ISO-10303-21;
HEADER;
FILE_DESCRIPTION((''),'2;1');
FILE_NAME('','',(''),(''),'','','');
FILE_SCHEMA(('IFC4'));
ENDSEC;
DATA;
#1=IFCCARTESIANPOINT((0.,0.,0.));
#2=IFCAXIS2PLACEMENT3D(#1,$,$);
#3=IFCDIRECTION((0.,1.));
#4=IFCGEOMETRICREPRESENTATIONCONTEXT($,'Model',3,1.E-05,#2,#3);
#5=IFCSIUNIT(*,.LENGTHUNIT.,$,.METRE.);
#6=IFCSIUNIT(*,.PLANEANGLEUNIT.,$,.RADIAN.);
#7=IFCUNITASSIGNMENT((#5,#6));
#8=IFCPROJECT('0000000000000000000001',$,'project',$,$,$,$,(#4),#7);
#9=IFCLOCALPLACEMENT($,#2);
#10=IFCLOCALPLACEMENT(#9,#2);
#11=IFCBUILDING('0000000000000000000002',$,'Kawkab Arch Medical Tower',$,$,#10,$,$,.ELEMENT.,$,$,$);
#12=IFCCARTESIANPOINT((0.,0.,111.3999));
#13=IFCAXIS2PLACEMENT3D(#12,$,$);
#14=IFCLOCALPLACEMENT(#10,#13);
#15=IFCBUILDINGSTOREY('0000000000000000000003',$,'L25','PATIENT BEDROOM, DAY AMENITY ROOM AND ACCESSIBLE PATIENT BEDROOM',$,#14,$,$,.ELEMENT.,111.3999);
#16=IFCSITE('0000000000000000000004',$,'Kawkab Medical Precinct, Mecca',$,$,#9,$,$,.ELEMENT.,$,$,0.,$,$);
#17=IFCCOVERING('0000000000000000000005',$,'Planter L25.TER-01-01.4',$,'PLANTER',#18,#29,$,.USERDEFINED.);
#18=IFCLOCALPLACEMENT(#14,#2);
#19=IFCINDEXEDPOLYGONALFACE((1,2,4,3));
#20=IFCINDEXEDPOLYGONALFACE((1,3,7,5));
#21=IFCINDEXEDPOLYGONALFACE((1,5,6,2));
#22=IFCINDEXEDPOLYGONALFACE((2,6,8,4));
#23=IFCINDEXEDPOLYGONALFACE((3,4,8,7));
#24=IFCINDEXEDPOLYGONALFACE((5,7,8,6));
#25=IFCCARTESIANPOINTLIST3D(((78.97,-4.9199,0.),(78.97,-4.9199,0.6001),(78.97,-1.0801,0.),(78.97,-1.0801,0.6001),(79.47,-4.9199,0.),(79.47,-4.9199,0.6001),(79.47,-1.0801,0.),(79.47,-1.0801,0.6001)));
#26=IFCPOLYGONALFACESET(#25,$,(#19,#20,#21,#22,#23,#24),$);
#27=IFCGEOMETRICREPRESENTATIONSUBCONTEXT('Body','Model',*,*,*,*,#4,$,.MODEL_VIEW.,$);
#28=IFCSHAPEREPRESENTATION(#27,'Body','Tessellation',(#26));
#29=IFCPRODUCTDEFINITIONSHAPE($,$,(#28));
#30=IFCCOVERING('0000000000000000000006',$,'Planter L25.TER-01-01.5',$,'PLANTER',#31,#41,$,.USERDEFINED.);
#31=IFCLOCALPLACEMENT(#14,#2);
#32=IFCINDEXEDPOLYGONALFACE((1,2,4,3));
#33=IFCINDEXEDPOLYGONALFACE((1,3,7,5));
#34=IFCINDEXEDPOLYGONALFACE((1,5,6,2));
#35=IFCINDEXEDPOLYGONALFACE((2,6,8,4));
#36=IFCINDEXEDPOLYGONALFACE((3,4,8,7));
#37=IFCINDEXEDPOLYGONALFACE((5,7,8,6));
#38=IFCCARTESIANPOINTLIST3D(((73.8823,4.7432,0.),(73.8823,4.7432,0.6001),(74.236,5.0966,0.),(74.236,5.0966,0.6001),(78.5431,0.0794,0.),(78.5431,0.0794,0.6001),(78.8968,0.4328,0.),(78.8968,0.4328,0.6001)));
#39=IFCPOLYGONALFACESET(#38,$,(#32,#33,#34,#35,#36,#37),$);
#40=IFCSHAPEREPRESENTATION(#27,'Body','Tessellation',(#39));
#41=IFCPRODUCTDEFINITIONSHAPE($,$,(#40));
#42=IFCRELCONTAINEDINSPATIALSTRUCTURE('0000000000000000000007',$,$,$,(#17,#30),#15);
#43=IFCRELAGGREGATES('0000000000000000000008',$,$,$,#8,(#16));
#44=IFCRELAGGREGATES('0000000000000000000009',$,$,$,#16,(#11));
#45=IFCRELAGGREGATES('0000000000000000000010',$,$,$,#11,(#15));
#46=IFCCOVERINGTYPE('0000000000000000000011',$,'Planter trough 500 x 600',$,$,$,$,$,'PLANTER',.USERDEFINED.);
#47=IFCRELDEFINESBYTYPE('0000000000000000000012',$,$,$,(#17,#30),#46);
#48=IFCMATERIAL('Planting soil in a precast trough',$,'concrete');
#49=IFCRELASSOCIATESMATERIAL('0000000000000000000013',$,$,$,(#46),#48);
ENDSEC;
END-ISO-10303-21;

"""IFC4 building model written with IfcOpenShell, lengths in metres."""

from ifc_helpers import new_model, si_unit, direction, frame, origin, origin_2d, place, context, subcontext, project, spatial, rectangle, extrude, material, material_profile, profile_set, type_object, element, save


model = new_model("IFC4")

# Units and contexts
model_context = context("Model", 3, precision=1e-05, world=origin(), true_north=direction((0.0, 1.0)))
body_context = subcontext(model_context, "Body", "Model", "MODEL_VIEW")
ifc_project = project(units=[si_unit("LENGTHUNIT", "METRE"), si_unit("PLANEANGLEUNIT", "RADIAN")], contexts=[model_context])

# Site, building, storey
site_placement = place(None, origin())
site = spatial("IfcSite", under=ifc_project, at=site_placement, Name="Kawkab Medical Precinct, Mecca", CompositionType="ELEMENT", RefElevation=0.0)
building_placement = place(site_placement, origin())
building = spatial("IfcBuilding", under=site, at=building_placement, Name="Kawkab Arch Medical Tower", CompositionType="ELEMENT")
storey_placement = place(building_placement, frame((0.0, 0.0, 111.3999)))
storey = spatial("IfcBuildingStorey", under=building, at=storey_placement, Name="L25", Description="PATIENT BEDROOM, DAY AMENITY ROOM AND ACCESSIBLE PATIENT BEDROOM", CompositionType="ELEMENT", Elevation=111.3999)

# Coverings
ifc_material_1 = material(Name="Planting soil in a precast trough", Category="concrete")
ifc_material_profile_1 = material_profile(ifc_material_1, rectangle(XDim=0.5, YDim=0.6001, at=origin_2d()), Name="Trough 500x600")
ifc_profile_set_1 = profile_set([ifc_material_profile_1], Name="Planting soil in a precast trough")
covering_type = type_object("IfcCoveringType", Name="Planter trough 500 x 600", ElementType="PLANTER", PredefinedType="USERDEFINED", material=ifc_profile_set_1)
covering_1_placement = place(storey_placement, frame((79.22, -4.9199, 0.3), z_axis=(0.0, 1.0, 0.0), x_axis=(-1.0, 0.0, 0.0)))
element("IfcCovering", 1, at=covering_1_placement, inside=storey, type_object=covering_type, Name="Planter L25.TER-01-01.4", ObjectType="PLANTER", PredefinedType="USERDEFINED", context=body_context, shape_type="SweptSolid", body=[
    extrude(rectangle(XDim=0.5, YDim=0.6001, at=origin_2d()), origin(), (0.0, 0.0, 1.0), 3.8398),
])
covering_2_placement = place(storey_placement, frame((78.72, 0.2561, 0.3), z_axis=(-0.706885, 0.707329, 0.0), x_axis=(-0.707329, -0.706885, 0.0)))
element("IfcCovering", 2, at=covering_2_placement, inside=storey, type_object=covering_type, Name="Planter L25.TER-01-01.5", ObjectType="PLANTER", PredefinedType="USERDEFINED", context=body_context, shape_type="SweptSolid", body=[
    extrude(rectangle(XDim=0.5, YDim=0.6001, at=origin_2d()), origin(), (0.0, 0.0, 1.0), 6.5935),
])

save(model, "model.ifc")
